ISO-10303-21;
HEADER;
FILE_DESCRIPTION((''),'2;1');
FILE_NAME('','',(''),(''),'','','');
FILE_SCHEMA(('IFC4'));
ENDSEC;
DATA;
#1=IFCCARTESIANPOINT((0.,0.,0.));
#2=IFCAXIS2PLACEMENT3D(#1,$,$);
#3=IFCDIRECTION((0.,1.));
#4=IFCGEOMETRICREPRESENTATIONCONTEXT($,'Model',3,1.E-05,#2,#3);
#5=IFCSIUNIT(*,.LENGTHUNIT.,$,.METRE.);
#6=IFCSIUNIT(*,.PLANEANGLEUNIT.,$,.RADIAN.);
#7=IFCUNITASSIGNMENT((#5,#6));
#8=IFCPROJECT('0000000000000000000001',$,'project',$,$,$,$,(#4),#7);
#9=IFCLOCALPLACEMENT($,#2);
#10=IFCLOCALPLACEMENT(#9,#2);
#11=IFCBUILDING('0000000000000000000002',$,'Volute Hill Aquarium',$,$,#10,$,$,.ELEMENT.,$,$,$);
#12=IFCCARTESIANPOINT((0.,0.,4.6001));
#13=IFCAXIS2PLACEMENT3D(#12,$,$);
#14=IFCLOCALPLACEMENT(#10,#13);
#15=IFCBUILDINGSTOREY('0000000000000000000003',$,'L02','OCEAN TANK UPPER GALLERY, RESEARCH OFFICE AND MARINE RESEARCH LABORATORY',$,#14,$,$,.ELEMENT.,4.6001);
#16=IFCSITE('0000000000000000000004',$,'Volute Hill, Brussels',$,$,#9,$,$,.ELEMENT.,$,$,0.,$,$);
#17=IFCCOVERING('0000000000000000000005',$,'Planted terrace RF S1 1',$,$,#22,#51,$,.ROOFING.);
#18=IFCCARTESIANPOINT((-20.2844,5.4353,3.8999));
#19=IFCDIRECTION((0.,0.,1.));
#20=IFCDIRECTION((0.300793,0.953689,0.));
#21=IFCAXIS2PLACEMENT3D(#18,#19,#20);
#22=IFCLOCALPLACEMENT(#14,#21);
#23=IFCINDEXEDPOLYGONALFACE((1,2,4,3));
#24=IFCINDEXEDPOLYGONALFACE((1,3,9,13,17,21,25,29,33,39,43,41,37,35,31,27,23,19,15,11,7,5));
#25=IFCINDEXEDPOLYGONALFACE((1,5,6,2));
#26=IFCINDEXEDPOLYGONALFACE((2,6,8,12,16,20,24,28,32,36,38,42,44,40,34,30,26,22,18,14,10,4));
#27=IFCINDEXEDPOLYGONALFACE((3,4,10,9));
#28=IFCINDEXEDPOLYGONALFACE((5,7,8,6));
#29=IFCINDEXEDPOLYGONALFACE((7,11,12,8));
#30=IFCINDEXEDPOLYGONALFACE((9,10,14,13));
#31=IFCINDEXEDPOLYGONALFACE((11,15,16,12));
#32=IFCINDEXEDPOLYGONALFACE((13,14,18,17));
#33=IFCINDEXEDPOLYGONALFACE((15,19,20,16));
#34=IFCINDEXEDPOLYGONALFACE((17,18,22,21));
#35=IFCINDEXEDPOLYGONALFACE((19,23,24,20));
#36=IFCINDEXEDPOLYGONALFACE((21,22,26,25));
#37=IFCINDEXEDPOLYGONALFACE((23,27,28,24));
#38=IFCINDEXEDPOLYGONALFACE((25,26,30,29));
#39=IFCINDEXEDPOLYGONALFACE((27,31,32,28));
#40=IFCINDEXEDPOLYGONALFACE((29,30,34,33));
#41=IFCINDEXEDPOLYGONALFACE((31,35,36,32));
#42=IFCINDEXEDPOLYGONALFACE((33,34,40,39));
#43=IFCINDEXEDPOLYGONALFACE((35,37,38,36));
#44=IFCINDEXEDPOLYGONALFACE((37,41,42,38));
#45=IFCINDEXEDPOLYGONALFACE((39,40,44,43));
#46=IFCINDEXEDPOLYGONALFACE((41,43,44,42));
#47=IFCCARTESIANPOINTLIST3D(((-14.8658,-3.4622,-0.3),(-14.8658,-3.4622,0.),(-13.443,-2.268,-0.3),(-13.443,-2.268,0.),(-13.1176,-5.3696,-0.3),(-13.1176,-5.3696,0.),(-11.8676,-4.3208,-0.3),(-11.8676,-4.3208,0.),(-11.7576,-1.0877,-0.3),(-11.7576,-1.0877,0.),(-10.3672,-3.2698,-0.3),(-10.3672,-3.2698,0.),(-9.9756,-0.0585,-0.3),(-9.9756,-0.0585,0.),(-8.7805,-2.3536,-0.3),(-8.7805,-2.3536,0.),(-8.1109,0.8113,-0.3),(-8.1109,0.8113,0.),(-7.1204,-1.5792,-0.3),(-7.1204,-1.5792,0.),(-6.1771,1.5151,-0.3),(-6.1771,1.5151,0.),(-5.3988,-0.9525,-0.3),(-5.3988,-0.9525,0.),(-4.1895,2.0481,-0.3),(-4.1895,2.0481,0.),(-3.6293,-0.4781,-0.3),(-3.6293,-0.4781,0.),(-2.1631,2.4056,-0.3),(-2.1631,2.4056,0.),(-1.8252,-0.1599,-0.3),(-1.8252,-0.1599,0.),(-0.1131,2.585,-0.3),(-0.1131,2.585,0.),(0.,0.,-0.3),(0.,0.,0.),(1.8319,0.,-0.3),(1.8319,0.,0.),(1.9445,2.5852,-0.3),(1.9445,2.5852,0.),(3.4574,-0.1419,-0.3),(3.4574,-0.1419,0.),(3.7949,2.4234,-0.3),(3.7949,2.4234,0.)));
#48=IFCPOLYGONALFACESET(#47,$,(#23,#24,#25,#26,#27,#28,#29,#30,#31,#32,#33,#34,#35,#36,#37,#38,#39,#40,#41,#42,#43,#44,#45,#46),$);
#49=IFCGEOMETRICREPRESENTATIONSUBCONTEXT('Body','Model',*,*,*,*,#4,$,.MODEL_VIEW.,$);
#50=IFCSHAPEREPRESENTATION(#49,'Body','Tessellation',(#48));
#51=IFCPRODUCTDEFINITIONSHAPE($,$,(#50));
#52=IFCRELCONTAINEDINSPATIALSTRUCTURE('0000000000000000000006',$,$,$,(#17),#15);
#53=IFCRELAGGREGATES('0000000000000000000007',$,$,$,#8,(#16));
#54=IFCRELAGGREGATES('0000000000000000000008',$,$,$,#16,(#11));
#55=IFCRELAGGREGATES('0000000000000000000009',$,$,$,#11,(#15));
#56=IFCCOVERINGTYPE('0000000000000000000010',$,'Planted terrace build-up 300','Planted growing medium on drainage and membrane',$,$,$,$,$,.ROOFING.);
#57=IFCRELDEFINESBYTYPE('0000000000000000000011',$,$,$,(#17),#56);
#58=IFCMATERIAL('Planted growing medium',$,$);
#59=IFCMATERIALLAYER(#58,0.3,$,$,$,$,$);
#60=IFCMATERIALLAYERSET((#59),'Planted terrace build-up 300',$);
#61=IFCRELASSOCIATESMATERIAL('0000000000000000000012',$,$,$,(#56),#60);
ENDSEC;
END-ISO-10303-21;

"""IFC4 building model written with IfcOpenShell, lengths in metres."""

from ifc_helpers import new_model, si_unit, direction, frame, origin, place, context, subcontext, project, spatial, polyline, outline, extrude, material, layer, layer_set, type_object, element, save


model = new_model("IFC4")

# Units and contexts
model_context = context("Model", 3, precision=1e-05, world=origin(), true_north=direction((0.0, 1.0)))
body_context = subcontext(model_context, "Body", "Model", "MODEL_VIEW")
ifc_project = project(units=[si_unit("LENGTHUNIT", "METRE"), si_unit("PLANEANGLEUNIT", "RADIAN")], contexts=[model_context])

# Site, building, storey
site_placement = place(None, origin())
site = spatial("IfcSite", under=ifc_project, at=site_placement, Name="Volute Hill, Brussels", CompositionType="ELEMENT", RefElevation=0.0)
building_placement = place(site_placement, origin())
building = spatial("IfcBuilding", under=site, at=building_placement, Name="Volute Hill Aquarium", CompositionType="ELEMENT")
storey_placement = place(building_placement, frame((0.0, 0.0, 4.6001)))
storey = spatial("IfcBuildingStorey", under=building, at=storey_placement, Name="L02", Description="OCEAN TANK UPPER GALLERY, RESEARCH OFFICE AND MARINE RESEARCH LABORATORY", CompositionType="ELEMENT", Elevation=4.6001)

# Covering
ifc_material_1 = material(Name="Planted growing medium")
ifc_layer_1 = layer(ifc_material_1, 0.3)
ifc_layer_set_1 = layer_set([ifc_layer_1], Name="Planted terrace build-up 300")
covering_type_1 = type_object("IfcCoveringType", Name="Planted terrace build-up 300", Description="Planted growing medium on drainage and membrane", PredefinedType="ROOFING", material=ifc_layer_set_1)
covering_1_placement = place(storey_placement, frame((-20.2844, 5.4353, 3.8999), z_axis=(0.0, 0.0, 1.0), x_axis=(0.300793, 0.953689, 0.0)))
element("IfcCovering", 1, at=covering_1_placement, inside=storey, type_object=covering_type_1, Name="Planted terrace RF S1 1", PredefinedType="ROOFING", context=body_context, shape_type="SweptSolid", body=[
    extrude(outline(polyline([(0.0, 0.0), (1.8319, 0.0), (3.4574, -0.1419), (3.7949, 2.4234), (1.9445, 2.5852), (-0.1131, 2.585), (-2.1631, 2.4056), (-4.1895, 2.0481), (-6.1771, 1.5151), (-8.1109, 0.8113), (-9.9756, -0.0585), (-11.7576, -1.0877), (-13.443, -2.268), (-14.8658, -3.4622), (-13.1176, -5.3696), (-11.8676, -4.3208), (-10.3672, -3.2698), (-8.7805, -2.3536), (-7.1204, -1.5792), (-5.3988, -0.9525), (-3.6293, -0.4781), (-1.8252, -0.1599), (0.0, 0.0)])), origin(), (0.0, 0.0, -1.0), 0.3),
])

save(model, "model.ifc")
